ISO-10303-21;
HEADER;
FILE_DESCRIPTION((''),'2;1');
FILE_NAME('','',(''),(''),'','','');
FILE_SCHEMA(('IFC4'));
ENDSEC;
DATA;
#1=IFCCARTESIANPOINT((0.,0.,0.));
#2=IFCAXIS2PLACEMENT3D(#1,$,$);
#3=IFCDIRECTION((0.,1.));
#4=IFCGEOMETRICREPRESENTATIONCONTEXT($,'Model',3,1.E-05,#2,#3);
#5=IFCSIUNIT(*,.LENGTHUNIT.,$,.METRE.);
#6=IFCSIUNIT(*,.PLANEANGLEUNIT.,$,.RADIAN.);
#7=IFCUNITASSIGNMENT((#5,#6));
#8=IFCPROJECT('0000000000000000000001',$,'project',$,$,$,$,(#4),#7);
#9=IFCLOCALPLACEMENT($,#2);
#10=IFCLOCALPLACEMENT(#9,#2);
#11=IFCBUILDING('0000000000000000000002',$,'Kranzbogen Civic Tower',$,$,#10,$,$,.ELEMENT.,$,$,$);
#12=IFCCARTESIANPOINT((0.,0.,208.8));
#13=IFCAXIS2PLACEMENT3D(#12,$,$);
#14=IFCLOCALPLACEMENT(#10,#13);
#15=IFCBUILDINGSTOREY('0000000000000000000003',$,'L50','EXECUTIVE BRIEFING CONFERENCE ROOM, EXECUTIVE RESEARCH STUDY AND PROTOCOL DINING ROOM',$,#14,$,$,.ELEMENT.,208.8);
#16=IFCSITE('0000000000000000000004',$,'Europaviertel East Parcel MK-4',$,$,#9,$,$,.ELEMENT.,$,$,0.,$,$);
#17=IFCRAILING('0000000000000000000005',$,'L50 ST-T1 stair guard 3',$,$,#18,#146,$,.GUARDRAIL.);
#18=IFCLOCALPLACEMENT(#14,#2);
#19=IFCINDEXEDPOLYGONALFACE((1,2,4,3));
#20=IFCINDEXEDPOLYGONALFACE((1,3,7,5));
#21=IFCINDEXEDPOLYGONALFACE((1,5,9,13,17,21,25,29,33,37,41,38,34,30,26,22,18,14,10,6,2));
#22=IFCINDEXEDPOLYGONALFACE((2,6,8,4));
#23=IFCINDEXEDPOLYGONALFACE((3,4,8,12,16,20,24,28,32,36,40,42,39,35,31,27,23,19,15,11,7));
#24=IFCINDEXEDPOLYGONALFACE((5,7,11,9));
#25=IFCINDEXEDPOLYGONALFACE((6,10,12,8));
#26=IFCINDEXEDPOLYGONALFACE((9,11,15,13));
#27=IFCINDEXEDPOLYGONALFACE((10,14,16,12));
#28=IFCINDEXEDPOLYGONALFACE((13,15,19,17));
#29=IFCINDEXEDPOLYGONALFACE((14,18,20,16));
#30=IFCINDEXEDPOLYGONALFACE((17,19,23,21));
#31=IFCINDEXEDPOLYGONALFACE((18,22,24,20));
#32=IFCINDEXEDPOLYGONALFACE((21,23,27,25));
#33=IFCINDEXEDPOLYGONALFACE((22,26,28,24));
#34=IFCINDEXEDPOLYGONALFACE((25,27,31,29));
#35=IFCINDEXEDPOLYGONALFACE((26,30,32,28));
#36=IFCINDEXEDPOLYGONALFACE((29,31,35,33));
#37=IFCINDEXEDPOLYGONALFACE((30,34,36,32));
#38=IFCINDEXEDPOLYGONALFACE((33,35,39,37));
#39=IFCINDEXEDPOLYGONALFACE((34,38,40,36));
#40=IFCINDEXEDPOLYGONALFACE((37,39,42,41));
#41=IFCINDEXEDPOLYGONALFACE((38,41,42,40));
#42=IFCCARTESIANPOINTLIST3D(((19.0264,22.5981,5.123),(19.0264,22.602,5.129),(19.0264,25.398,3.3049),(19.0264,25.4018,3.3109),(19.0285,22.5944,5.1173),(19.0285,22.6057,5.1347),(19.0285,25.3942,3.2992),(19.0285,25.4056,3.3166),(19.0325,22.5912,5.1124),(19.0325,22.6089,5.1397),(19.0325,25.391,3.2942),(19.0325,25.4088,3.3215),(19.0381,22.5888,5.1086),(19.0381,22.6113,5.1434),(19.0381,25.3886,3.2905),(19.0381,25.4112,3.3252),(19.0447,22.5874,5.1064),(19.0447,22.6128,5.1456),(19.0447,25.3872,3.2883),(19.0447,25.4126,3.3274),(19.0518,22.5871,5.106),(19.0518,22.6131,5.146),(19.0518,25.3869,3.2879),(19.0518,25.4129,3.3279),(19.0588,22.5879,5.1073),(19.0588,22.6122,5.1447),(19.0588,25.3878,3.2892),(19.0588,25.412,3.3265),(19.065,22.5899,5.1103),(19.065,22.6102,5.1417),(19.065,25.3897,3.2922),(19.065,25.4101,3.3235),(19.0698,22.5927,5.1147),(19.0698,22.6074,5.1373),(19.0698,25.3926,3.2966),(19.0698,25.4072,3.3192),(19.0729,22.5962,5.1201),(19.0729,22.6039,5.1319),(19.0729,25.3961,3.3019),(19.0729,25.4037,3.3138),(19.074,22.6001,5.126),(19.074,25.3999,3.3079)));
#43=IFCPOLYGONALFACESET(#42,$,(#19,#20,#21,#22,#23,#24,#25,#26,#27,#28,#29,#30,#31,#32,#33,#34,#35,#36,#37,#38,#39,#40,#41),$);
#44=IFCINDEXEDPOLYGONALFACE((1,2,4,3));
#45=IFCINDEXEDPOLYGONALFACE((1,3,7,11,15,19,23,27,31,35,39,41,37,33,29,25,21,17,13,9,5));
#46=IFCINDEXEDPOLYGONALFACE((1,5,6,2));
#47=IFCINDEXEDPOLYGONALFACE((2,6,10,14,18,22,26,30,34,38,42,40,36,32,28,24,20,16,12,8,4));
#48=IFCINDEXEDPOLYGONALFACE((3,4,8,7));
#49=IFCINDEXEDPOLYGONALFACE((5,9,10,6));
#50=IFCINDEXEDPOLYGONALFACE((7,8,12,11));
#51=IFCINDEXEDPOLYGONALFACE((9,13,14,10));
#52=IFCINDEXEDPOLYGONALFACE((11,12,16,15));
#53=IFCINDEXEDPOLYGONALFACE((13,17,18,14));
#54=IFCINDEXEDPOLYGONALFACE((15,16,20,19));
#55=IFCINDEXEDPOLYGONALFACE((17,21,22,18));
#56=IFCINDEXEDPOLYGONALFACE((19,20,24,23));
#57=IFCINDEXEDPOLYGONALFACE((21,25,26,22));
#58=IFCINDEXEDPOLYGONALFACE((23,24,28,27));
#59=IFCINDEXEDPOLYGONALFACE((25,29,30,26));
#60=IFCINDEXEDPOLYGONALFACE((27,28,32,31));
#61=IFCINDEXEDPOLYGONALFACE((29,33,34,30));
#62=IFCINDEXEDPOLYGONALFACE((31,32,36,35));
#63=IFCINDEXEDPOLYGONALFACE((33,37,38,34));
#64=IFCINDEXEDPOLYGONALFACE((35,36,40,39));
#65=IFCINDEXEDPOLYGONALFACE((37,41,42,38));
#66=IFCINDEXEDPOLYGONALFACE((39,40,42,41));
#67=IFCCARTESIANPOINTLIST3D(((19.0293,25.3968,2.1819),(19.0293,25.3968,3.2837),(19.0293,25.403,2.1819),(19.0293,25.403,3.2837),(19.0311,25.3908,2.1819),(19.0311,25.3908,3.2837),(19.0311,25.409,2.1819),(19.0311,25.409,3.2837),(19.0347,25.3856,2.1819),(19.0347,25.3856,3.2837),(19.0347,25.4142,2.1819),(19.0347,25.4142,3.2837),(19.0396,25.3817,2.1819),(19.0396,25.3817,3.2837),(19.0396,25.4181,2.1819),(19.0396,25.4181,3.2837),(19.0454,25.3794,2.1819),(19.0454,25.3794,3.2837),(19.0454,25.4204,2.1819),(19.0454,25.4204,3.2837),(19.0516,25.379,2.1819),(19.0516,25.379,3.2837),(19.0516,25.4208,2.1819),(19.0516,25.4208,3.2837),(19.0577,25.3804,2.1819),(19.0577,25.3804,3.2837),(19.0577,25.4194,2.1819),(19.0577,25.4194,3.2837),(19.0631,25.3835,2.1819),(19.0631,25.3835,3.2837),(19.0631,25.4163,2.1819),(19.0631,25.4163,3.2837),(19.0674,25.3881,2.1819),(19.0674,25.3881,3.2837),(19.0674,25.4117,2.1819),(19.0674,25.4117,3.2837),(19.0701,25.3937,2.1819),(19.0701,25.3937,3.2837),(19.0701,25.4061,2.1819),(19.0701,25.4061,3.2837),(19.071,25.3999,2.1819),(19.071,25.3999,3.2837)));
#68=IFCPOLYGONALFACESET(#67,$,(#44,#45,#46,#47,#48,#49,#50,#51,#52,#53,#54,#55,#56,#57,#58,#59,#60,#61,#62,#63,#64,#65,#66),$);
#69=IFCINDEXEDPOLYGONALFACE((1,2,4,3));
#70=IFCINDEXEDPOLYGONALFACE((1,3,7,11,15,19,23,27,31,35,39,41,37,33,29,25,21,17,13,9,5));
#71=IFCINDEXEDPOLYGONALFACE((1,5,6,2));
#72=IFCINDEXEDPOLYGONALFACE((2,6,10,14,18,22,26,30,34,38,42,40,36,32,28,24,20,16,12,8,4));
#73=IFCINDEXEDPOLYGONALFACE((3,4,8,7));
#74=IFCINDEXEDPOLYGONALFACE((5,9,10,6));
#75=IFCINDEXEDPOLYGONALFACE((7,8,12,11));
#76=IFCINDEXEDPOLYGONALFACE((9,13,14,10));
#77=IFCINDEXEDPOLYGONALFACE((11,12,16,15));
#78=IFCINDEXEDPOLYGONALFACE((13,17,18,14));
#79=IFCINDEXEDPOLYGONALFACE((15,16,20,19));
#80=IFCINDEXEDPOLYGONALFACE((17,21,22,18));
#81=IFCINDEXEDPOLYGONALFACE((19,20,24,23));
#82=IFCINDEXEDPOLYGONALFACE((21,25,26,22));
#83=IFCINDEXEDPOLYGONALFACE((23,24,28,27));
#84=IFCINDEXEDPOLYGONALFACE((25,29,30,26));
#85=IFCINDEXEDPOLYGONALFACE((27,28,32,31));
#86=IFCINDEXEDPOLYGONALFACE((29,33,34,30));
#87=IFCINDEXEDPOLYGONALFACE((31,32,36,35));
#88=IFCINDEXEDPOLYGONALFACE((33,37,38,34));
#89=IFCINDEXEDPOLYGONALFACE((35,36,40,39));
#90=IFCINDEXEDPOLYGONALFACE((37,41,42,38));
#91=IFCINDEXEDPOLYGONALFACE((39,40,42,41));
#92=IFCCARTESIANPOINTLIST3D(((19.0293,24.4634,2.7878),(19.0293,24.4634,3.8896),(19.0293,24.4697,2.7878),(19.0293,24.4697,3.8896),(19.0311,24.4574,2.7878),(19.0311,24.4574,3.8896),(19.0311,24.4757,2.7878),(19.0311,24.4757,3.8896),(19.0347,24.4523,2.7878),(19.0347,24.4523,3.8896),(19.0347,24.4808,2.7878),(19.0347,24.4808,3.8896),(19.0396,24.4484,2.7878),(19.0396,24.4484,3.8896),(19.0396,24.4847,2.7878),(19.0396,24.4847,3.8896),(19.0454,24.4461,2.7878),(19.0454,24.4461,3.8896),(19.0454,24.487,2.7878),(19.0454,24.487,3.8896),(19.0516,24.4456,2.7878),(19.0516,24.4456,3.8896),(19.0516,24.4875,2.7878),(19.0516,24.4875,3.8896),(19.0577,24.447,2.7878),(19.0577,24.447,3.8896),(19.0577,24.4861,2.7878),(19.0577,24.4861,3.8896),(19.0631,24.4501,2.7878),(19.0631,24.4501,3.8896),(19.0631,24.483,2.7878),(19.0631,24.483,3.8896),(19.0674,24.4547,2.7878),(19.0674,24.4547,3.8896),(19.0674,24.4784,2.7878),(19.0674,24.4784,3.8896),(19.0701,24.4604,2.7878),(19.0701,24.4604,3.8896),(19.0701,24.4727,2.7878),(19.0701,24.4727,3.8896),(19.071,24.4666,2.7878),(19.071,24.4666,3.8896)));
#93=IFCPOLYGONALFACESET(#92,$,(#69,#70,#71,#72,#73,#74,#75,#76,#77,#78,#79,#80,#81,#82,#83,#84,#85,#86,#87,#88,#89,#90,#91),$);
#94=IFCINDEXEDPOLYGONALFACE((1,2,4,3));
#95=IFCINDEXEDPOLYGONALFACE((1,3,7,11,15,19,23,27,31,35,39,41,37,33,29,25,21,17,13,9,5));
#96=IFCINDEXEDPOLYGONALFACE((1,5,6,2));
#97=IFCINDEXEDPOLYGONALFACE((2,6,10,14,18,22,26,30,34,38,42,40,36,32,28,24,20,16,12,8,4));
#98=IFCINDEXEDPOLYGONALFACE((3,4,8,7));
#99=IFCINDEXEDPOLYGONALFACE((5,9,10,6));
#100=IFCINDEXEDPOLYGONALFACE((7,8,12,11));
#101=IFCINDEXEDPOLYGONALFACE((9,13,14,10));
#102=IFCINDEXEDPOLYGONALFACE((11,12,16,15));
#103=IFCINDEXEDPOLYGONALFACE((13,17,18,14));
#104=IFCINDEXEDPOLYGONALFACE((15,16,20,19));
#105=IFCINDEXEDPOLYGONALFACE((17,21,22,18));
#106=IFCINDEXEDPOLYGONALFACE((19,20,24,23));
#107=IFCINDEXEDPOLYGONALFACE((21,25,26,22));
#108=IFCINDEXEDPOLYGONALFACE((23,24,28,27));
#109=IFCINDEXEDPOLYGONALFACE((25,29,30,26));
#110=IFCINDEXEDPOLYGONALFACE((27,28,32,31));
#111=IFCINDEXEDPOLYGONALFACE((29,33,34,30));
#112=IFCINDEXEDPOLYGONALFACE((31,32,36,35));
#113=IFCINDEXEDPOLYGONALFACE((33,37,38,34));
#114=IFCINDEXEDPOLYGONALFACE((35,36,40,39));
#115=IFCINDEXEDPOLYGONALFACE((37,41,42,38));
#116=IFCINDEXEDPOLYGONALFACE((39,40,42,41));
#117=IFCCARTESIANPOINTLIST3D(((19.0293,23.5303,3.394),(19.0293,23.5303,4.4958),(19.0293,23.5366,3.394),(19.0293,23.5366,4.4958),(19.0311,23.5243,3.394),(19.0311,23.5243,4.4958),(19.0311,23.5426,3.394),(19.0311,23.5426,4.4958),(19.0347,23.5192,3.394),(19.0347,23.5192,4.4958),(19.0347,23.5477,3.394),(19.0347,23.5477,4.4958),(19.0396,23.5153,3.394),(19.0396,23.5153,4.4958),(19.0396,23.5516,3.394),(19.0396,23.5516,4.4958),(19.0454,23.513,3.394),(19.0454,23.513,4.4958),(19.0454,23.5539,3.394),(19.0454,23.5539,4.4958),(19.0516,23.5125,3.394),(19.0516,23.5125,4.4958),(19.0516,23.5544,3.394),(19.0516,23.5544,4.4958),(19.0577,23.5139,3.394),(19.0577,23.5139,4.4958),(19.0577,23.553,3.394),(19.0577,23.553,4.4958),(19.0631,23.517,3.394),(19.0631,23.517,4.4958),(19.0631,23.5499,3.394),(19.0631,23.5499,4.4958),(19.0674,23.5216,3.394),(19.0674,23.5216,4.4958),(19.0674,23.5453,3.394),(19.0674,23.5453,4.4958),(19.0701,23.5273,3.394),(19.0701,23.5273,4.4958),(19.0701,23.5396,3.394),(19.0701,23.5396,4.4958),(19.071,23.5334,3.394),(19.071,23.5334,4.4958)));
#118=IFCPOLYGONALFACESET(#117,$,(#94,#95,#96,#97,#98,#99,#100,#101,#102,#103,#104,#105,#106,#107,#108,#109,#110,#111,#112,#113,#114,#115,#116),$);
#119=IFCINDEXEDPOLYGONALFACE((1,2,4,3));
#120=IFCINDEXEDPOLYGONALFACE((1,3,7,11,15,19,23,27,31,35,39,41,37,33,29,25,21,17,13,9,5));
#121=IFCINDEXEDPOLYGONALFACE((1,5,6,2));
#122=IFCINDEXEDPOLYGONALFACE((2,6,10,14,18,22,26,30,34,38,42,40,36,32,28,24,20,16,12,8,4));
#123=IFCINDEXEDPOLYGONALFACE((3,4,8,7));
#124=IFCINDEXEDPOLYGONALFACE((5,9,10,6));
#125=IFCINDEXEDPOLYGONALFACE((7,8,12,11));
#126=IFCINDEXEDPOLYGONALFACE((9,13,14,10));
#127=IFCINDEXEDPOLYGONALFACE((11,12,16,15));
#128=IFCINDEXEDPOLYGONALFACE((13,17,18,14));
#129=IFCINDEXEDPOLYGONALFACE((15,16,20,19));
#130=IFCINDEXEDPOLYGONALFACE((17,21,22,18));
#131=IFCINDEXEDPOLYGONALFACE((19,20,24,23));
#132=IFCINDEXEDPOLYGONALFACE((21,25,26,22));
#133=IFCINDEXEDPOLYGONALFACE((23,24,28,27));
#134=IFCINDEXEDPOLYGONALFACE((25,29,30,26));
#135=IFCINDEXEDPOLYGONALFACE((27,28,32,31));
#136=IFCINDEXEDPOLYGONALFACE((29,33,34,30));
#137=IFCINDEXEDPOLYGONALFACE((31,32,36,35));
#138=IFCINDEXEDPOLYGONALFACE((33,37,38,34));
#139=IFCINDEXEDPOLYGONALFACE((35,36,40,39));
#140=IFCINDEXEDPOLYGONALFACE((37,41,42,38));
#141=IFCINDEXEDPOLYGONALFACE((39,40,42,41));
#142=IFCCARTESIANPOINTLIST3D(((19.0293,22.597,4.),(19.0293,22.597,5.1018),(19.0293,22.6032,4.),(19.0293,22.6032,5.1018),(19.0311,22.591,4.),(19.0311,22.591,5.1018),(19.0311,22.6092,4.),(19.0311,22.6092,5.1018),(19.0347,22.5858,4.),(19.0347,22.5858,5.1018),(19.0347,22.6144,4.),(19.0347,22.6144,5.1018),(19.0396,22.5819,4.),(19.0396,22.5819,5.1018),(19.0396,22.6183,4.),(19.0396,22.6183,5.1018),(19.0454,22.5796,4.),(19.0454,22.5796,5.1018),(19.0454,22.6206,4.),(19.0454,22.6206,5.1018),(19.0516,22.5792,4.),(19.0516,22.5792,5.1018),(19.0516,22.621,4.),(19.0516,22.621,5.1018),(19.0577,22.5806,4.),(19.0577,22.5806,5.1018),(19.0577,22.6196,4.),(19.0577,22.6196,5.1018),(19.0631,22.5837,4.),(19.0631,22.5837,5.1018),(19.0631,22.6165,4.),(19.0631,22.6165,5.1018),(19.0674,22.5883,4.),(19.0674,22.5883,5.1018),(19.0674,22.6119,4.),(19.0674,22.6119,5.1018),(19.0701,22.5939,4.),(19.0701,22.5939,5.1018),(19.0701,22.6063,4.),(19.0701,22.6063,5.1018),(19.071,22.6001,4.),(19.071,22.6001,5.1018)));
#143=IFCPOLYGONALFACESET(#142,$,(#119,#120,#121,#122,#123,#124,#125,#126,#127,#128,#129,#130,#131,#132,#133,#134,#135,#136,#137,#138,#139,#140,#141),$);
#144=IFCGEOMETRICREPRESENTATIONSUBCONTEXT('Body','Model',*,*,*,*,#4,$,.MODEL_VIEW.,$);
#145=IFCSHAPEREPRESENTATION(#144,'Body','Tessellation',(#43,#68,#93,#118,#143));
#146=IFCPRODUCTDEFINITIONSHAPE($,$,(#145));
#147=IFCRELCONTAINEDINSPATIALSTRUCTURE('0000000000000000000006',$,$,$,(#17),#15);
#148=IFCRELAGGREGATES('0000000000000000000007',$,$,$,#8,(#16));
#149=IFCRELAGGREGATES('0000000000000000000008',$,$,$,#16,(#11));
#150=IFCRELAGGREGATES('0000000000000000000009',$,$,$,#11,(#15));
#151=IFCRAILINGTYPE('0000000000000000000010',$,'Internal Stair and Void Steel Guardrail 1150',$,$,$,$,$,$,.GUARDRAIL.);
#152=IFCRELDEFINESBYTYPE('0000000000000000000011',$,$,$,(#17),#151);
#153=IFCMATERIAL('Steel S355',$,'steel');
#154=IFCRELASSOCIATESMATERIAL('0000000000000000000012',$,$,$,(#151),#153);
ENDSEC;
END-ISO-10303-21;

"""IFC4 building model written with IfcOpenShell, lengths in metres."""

from ifc_helpers import new_model, si_unit, direction, frame, origin, origin_2d, place, context, subcontext, project, spatial, circle, extrude, material, type_object, element, save


model = new_model("IFC4")

# Units and contexts
model_context = context("Model", 3, precision=1e-05, world=origin(), true_north=direction((0.0, 1.0)))
body_context = subcontext(model_context, "Body", "Model", "MODEL_VIEW")
ifc_project = project(units=[si_unit("LENGTHUNIT", "METRE"), si_unit("PLANEANGLEUNIT", "RADIAN")], contexts=[model_context])

# Site, building, storey
site_placement = place(None, origin())
site = spatial("IfcSite", under=ifc_project, at=site_placement, Name="Europaviertel East Parcel MK-4", CompositionType="ELEMENT", RefElevation=0.0)
building_placement = place(site_placement, origin())
building = spatial("IfcBuilding", under=site, at=building_placement, Name="Kranzbogen Civic Tower", CompositionType="ELEMENT")
storey_placement = place(building_placement, frame((0.0, 0.0, 208.8)))
storey = spatial("IfcBuildingStorey", under=building, at=storey_placement, Name="L50", Description="EXECUTIVE BRIEFING CONFERENCE ROOM, EXECUTIVE RESEARCH STUDY AND PROTOCOL DINING ROOM", CompositionType="ELEMENT", Elevation=208.8)

# Shared definitions
ifc_material_1 = material(Name="Steel S355", Category="steel")

# Railing
railing_type_1 = type_object("IfcRailingType", Name="Internal Stair and Void Steel Guardrail 1150", PredefinedType="GUARDRAIL", material=ifc_material_1)
railing_1_placement = place(storey_placement, frame((19.05, 25.3999, 2.1819)))
element("IfcRailing", 1, at=railing_1_placement, inside=storey, type_object=railing_type_1, Name="L50 ST-T1 stair guard 3", PredefinedType="GUARDRAIL", context=body_context, shape_type="SweptSolid", body=[
    extrude(circle(Radius=0.0239, at=origin_2d()), frame((0.0, 0.0, 1.126), z_axis=(0.0, -0.838684, 0.544618), x_axis=(1.0, 0.0, 0.0)), (0.0, 0.0, 1.0), 3.3384),
    extrude(circle(Radius=0.021, at=origin_2d()), origin(), (0.0, 0.0, 1.0), 1.1018),
    extrude(circle(Radius=0.021, at=origin_2d()), frame((0.0, -0.9333, 0.606)), (0.0, 0.0, 1.0), 1.1018),
    extrude(circle(Radius=0.021, at=origin_2d()), frame((0.0, -1.8665, 1.2122)), (0.0, 0.0, 1.0), 1.1018),
    extrude(circle(Radius=0.021, at=origin_2d()), frame((0.0, -2.7998, 1.8181)), (0.0, 0.0, 1.0), 1.1018),
])

save(model, "model.ifc")
